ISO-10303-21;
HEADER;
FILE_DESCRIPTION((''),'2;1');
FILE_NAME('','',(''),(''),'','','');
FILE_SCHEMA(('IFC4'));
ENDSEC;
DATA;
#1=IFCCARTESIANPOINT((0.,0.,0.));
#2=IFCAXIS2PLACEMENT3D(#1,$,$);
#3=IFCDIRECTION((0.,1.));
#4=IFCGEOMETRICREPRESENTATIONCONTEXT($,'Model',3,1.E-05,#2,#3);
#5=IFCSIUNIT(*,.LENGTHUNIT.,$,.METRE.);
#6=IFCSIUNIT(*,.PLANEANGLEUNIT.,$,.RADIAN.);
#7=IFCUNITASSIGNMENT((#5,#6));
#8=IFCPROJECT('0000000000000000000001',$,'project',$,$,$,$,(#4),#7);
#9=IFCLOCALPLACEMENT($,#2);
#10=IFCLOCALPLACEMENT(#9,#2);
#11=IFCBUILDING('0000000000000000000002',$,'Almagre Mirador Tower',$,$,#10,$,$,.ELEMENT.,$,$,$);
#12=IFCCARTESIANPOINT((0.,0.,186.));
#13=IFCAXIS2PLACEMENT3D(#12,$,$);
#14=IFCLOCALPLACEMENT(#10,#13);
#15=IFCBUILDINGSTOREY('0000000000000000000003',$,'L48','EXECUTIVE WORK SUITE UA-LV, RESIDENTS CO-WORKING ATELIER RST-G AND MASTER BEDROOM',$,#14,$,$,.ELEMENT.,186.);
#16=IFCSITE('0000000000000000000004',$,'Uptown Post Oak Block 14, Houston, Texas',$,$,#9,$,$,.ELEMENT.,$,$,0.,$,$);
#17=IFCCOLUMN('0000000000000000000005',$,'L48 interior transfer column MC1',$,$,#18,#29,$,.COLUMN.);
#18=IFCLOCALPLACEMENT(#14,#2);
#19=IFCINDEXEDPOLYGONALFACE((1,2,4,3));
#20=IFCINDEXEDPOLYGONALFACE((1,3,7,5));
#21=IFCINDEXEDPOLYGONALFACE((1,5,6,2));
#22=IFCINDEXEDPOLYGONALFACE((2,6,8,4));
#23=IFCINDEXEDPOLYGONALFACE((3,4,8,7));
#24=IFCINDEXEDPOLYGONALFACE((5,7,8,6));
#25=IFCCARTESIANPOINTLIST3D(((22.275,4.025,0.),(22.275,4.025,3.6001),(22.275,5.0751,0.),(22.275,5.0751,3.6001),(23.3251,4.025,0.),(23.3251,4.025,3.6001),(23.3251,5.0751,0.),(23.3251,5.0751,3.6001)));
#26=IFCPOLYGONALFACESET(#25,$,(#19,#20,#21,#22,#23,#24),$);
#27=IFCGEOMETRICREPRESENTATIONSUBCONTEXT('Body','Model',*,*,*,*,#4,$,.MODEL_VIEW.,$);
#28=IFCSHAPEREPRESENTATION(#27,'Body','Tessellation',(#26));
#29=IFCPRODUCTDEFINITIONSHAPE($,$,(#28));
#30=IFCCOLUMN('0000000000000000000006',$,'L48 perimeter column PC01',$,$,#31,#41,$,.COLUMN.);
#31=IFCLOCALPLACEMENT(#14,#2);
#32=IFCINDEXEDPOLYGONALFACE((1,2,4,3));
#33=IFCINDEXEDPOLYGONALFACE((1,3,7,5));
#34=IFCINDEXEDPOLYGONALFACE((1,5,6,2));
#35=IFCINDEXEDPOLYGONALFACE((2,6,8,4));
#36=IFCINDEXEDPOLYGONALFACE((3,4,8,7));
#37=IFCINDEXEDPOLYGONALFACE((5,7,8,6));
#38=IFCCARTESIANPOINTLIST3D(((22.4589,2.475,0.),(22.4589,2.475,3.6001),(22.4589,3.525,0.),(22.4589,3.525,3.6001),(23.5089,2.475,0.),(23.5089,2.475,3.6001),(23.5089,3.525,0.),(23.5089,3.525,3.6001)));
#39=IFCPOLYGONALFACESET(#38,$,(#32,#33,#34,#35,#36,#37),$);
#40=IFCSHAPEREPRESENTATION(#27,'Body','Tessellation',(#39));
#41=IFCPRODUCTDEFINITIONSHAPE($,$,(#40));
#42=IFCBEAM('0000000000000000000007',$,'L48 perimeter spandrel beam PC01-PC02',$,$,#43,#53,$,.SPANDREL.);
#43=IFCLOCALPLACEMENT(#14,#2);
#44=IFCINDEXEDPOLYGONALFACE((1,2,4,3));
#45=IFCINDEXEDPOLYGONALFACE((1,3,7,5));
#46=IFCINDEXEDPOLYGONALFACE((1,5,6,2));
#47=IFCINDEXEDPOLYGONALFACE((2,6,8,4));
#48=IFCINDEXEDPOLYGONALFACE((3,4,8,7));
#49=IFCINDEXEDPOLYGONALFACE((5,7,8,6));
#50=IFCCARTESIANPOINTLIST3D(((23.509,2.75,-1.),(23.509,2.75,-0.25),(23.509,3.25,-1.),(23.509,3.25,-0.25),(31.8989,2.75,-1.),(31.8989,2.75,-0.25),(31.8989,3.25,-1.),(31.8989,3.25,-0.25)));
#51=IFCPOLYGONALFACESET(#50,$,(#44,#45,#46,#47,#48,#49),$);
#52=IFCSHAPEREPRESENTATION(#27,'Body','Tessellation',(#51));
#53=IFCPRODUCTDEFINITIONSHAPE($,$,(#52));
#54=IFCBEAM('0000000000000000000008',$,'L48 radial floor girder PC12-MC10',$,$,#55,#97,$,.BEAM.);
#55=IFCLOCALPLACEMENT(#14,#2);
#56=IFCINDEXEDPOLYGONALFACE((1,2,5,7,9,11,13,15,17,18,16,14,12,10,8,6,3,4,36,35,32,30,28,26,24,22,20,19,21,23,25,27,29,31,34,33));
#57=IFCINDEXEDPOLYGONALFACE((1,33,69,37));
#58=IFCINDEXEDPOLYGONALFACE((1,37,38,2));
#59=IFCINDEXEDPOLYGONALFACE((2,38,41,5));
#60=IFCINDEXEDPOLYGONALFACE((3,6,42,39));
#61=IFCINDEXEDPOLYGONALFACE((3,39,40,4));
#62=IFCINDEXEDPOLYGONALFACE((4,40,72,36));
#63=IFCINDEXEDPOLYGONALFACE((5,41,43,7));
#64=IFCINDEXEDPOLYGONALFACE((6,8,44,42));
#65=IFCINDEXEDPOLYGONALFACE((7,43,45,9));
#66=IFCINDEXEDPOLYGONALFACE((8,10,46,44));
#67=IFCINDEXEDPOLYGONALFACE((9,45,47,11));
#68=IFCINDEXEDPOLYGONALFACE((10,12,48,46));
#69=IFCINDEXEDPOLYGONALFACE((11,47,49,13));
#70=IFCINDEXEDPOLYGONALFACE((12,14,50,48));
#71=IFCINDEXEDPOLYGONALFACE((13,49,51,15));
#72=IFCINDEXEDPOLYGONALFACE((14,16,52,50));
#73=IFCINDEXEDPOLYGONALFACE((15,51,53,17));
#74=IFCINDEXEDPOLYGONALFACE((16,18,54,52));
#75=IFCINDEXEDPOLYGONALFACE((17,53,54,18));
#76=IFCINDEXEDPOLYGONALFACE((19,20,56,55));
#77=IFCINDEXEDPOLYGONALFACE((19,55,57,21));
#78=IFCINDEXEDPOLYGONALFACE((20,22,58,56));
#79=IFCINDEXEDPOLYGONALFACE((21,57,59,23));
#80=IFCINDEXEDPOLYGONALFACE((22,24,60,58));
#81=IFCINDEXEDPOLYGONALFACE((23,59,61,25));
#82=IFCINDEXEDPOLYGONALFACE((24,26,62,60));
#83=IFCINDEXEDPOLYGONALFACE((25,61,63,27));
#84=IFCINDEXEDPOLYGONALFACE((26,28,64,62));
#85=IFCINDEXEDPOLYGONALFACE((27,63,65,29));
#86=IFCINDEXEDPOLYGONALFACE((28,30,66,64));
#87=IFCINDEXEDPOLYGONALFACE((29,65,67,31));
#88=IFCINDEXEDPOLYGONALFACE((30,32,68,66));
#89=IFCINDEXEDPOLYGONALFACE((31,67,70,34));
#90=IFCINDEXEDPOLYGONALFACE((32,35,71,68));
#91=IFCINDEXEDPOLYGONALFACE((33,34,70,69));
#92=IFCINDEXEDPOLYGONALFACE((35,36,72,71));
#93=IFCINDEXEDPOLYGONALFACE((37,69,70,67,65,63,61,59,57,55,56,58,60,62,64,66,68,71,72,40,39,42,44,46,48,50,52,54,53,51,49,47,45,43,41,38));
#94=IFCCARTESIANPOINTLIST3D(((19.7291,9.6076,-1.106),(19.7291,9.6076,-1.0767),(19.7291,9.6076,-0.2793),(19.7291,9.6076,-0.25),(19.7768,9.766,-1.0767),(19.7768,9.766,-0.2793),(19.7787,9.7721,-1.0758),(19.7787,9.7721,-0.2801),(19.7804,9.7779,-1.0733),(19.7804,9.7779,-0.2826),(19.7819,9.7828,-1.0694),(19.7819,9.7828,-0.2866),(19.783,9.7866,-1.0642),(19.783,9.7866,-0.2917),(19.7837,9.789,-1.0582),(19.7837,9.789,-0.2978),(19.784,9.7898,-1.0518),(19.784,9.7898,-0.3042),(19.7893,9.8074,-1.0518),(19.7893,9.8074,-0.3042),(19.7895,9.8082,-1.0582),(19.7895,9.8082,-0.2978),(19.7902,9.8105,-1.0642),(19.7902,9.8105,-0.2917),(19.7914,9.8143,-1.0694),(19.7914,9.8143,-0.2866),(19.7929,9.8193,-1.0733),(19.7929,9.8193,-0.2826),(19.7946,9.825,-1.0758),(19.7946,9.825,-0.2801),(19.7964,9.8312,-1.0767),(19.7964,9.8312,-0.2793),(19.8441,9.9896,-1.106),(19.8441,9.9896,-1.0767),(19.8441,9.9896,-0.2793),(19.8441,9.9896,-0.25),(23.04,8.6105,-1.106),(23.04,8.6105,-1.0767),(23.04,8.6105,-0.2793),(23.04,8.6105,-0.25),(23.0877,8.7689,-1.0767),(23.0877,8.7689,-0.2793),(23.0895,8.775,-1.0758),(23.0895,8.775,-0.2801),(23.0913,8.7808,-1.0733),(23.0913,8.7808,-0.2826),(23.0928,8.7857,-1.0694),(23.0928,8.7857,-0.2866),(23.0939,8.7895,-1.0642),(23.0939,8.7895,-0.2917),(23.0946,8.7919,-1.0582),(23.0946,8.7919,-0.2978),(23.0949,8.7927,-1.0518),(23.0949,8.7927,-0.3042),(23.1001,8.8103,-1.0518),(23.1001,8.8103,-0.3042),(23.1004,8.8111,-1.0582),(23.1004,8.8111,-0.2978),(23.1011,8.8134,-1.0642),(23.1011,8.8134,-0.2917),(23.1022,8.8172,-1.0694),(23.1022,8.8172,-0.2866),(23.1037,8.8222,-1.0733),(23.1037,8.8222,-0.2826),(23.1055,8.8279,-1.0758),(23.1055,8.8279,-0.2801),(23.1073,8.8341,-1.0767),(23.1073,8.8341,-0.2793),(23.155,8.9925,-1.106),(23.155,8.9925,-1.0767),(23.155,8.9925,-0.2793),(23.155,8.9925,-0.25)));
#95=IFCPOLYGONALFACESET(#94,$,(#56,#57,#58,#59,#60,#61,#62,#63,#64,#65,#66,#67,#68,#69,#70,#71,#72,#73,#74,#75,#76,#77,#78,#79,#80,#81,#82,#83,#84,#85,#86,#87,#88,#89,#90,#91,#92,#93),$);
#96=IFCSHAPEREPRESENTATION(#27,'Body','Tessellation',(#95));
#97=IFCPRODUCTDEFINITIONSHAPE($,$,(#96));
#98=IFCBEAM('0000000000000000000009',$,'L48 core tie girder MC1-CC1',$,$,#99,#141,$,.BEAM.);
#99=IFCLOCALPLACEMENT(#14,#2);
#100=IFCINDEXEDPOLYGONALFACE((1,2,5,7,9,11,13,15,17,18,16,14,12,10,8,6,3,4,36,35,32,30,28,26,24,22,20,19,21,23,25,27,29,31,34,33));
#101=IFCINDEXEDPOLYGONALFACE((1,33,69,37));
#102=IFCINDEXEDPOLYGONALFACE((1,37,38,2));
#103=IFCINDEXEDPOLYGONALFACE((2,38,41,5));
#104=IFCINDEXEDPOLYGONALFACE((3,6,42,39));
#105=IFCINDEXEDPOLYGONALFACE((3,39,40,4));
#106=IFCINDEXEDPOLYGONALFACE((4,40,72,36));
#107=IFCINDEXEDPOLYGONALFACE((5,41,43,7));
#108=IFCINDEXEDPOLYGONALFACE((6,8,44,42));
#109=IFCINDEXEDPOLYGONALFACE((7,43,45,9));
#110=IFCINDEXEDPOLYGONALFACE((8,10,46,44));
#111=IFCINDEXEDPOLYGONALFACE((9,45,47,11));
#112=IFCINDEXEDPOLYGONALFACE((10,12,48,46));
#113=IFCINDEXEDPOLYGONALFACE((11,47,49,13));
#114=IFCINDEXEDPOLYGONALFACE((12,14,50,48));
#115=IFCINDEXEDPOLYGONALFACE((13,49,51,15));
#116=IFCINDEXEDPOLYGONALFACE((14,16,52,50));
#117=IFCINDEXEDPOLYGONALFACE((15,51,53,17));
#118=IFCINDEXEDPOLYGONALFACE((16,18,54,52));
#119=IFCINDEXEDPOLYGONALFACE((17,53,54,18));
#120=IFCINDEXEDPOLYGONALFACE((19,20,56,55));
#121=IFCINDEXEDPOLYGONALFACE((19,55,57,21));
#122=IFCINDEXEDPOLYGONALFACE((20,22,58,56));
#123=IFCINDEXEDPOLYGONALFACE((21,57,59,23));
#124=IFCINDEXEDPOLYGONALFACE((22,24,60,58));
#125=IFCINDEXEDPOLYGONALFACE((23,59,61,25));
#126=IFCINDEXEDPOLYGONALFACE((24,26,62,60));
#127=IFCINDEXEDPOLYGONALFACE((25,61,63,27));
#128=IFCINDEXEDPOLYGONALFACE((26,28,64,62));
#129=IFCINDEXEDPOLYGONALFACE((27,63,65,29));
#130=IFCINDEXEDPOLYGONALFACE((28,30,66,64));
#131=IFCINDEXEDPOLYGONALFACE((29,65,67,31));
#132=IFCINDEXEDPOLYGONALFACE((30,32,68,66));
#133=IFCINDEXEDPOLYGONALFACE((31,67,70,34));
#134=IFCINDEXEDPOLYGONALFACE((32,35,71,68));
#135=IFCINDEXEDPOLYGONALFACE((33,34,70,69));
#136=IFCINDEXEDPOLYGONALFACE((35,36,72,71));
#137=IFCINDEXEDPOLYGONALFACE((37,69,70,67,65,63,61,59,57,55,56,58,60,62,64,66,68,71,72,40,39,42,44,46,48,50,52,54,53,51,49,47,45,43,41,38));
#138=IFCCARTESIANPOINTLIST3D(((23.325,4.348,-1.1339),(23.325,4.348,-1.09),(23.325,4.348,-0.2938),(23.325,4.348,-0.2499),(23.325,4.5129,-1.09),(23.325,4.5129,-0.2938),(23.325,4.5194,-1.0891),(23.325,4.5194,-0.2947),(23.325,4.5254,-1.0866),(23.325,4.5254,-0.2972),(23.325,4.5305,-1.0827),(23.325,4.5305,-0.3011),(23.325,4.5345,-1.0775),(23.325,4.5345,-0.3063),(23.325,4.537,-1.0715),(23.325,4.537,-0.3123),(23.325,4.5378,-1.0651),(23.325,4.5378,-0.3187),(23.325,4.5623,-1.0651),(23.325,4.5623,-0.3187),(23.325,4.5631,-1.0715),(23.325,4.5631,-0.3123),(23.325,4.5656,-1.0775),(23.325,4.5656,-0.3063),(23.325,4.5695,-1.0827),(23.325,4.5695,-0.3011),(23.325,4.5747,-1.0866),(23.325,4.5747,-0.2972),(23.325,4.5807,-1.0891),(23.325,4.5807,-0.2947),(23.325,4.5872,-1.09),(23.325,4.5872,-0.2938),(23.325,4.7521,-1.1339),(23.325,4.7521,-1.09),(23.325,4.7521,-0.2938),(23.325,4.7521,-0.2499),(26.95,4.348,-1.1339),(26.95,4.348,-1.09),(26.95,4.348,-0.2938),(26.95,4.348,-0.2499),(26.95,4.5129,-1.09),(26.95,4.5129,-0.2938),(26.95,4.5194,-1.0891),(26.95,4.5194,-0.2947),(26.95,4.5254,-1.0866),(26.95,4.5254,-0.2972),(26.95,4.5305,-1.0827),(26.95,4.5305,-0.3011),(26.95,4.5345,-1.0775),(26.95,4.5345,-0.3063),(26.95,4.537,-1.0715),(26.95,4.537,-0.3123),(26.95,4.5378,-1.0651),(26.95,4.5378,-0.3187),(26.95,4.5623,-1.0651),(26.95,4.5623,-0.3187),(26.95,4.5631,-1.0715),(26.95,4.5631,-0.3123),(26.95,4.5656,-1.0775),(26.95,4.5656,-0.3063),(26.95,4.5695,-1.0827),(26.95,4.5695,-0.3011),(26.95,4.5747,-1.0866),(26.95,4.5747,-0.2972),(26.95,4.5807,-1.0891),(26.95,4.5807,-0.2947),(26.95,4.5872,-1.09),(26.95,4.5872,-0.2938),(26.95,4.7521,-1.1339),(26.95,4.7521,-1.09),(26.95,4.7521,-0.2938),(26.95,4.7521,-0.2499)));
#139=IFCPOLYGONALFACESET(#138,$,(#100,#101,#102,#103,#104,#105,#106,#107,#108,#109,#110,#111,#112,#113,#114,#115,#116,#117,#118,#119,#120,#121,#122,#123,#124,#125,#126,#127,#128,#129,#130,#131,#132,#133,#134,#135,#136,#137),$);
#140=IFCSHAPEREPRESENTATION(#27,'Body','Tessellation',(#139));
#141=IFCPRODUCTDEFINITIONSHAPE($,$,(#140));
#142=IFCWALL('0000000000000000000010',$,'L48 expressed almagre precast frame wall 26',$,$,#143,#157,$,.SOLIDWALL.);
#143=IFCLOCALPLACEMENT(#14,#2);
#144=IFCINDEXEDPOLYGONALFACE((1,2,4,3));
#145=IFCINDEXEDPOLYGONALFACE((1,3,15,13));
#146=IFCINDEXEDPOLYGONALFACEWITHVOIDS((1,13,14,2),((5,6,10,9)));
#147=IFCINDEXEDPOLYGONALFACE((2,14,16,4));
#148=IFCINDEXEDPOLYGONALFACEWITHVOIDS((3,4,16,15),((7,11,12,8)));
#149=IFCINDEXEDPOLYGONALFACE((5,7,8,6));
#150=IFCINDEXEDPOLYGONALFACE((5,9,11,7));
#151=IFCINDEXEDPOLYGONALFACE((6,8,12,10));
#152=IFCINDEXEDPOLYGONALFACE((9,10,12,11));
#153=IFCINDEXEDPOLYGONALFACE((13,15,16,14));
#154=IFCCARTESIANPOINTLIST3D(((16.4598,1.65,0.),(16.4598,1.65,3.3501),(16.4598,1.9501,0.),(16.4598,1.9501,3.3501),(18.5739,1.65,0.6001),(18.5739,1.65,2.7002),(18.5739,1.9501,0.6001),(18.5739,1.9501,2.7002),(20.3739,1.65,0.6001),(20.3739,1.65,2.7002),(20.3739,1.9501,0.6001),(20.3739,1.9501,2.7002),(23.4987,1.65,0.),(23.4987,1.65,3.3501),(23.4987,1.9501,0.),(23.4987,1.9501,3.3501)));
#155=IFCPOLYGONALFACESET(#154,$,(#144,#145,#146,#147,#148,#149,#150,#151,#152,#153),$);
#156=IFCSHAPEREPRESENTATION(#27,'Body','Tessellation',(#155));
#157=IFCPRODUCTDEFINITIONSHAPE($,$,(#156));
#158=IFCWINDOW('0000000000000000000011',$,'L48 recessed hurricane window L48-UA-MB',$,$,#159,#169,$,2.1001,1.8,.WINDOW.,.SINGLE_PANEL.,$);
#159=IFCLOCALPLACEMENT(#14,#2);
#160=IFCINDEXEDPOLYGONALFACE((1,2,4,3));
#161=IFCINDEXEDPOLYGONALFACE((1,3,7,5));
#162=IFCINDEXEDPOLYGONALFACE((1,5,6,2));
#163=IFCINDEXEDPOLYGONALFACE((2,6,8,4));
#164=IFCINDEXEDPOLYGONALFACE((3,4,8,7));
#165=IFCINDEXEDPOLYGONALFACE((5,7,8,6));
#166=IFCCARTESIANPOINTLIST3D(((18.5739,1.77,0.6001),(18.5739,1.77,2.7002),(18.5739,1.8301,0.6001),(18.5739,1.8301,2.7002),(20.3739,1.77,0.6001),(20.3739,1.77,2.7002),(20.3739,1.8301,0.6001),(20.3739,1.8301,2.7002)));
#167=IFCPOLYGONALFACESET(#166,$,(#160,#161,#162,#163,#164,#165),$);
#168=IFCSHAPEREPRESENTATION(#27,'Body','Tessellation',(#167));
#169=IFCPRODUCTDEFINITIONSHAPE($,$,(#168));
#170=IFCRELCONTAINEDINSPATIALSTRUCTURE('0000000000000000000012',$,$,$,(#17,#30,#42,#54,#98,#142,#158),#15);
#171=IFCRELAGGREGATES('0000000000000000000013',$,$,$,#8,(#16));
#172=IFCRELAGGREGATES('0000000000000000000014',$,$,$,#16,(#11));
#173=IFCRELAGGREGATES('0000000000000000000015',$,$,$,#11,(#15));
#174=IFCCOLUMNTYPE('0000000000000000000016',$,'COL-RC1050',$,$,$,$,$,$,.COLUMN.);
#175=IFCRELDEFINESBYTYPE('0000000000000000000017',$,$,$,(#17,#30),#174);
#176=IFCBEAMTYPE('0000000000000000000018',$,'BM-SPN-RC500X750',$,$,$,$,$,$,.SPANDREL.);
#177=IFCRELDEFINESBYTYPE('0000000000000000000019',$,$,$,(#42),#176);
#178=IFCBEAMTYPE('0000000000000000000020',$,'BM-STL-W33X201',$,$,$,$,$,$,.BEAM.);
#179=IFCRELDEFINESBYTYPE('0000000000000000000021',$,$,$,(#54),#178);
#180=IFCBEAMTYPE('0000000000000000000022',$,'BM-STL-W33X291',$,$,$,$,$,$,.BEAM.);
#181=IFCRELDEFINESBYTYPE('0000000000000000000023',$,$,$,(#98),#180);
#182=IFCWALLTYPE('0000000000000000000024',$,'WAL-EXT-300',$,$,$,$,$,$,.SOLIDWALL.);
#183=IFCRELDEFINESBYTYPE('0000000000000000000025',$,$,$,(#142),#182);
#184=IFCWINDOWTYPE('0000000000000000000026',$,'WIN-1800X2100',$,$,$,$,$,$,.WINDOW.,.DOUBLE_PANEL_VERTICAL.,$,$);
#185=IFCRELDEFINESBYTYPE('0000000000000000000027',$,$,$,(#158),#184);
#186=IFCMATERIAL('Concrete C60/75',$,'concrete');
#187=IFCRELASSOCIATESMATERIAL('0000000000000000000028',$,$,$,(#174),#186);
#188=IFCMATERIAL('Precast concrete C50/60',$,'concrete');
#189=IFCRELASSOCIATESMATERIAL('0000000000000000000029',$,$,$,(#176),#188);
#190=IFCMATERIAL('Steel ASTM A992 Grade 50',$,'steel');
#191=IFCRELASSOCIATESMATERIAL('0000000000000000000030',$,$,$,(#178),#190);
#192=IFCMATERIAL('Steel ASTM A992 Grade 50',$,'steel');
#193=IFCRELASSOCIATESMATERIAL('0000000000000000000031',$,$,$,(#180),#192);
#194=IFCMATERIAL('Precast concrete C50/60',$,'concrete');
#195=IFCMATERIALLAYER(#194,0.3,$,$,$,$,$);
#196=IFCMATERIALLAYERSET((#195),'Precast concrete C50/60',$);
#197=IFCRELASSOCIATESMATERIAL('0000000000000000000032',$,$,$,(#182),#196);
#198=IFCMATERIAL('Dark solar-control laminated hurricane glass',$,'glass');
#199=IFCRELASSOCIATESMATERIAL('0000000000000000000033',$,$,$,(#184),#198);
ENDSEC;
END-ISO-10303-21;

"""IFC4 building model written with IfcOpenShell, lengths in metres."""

from ifc_helpers import new_model, si_unit, direction, frame, frame_2d, origin, origin_2d, place, context, subcontext, project, spatial, rectangle, i_section, extrude, material, layer, layer_set, material_profile, profile_set, type_object, element, fill, save


model = new_model("IFC4")

# Units and contexts
model_context = context("Model", 3, precision=1e-05, world=origin(), true_north=direction((0.0, 1.0)))
body_context = subcontext(model_context, "Body", "Model", "MODEL_VIEW")
ifc_project = project(units=[si_unit("LENGTHUNIT", "METRE"), si_unit("PLANEANGLEUNIT", "RADIAN")], contexts=[model_context])

# Site, building, storey
site_placement = place(None, origin())
site = spatial("IfcSite", under=ifc_project, at=site_placement, Name="Uptown Post Oak Block 14, Houston, Texas", CompositionType="ELEMENT", RefElevation=0.0)
building_placement = place(site_placement, origin())
building = spatial("IfcBuilding", under=site, at=building_placement, Name="Almagre Mirador Tower", CompositionType="ELEMENT")
storey_placement = place(building_placement, frame((0.0, 0.0, 186.0)))
storey = spatial("IfcBuildingStorey", under=building, at=storey_placement, Name="L48", Description="EXECUTIVE WORK SUITE UA-LV, RESIDENTS CO-WORKING ATELIER RST-G AND MASTER BEDROOM", CompositionType="ELEMENT", Elevation=186.0)

# Columns
ifc_material_1 = material(Name="Concrete C60/75", Category="concrete")
ifc_material_profile_1 = material_profile(ifc_material_1, rectangle(XDim=1.05, YDim=1.05, at=origin_2d()), Name="RC1050X1050")
ifc_profile_set_1 = profile_set([ifc_material_profile_1], Name="Concrete C60/75")
column_type = type_object("IfcColumnType", Name="COL-RC1050", PredefinedType="COLUMN", material=ifc_profile_set_1)
for number, where, z_axis, x_axis, name in (
    (1, (22.8, 4.55, 0.0), (0.0, 0.0, 1.0), (1.0, 0.0, 0.0), "L48 interior transfer column MC1"),
    (2, (22.9839, 3.0, 0.0), (0.0, 0.0, 1.0), (1.0, 0.0, 0.0), "L48 perimeter column PC01"),
):
    element("IfcColumn", number, at=place(storey_placement, frame(where, z_axis=z_axis, x_axis=x_axis)), inside=storey, type_object=column_type, Name=name, PredefinedType="COLUMN", context=body_context, shape_type="SweptSolid", body=[
        extrude(rectangle(XDim=1.05, YDim=1.05, at=origin_2d()), origin(), (0.0, 0.0, 1.0), 3.6001),
    ])

# Beams
ifc_material_2 = material(Name="Precast concrete C50/60", Category="concrete")
ifc_material_profile_2 = material_profile(ifc_material_2, rectangle(XDim=0.5, YDim=0.75, at=origin_2d()), Name="RC500X750")
ifc_profile_set_2 = profile_set([ifc_material_profile_2], Name="Precast concrete C50/60")
beam_type_1 = type_object("IfcBeamType", Name="BM-SPN-RC500X750", PredefinedType="SPANDREL", material=ifc_profile_set_2)
beam_1_placement = place(storey_placement, frame((23.509, 3.0, -0.625), z_axis=(1.0, 0.0, 0.0), x_axis=(0.0, 1.0, 0.0)))
element("IfcBeam", 3, at=beam_1_placement, inside=storey, type_object=beam_type_1, Name="L48 perimeter spandrel beam PC01-PC02", PredefinedType="SPANDREL", context=body_context, shape_type="SweptSolid", body=[
    extrude(rectangle(XDim=0.5, YDim=0.75, at=origin_2d()), origin(), (0.0, 0.0, 1.0), 8.3899),
])
ifc_material_3 = material(Name="Steel ASTM A992 Grade 50", Category="steel")
ifc_material_profile_3 = material_profile(ifc_material_3, i_section(OverallWidth=0.3989, OverallDepth=0.856, WebThickness=0.0183, FlangeThickness=0.0293, FilletRadius=0.0249, at=origin_2d()), Name="W33X201")
ifc_profile_set_3 = profile_set([ifc_material_profile_3], Name="Steel ASTM A992 Grade 50")
beam_type_2 = type_object("IfcBeamType", Name="BM-STL-W33X201", PredefinedType="BEAM", material=ifc_profile_set_3)
beam_2_placement = place(storey_placement, frame((19.7866, 9.7986, -0.678), z_axis=(0.957521, -0.288365, 0.0), x_axis=(0.288365, 0.957521, 0.0)))
element("IfcBeam", 4, at=beam_2_placement, inside=storey, type_object=beam_type_2, Name="L48 radial floor girder PC12-MC10", PredefinedType="BEAM", context=body_context, shape_type="SweptSolid", body=[
    extrude(i_section(OverallWidth=0.3989, OverallDepth=0.856, WebThickness=0.0183, FlangeThickness=0.0293, FilletRadius=0.0249, at=origin_2d()), origin(), (0.0, 0.0, 1.0), 3.4578),
])
ifc_material_4 = material(Name="Steel ASTM A992 Grade 50", Category="steel")
ifc_material_profile_4 = material_profile(ifc_material_4, i_section(OverallWidth=0.4041, OverallDepth=0.884, WebThickness=0.0244, FlangeThickness=0.0439, FilletRadius=0.0249, at=origin_2d()), Name="W33X291")
ifc_profile_set_4 = profile_set([ifc_material_profile_4], Name="Steel ASTM A992 Grade 50")
beam_type_3 = type_object("IfcBeamType", Name="BM-STL-W33X291", PredefinedType="BEAM", material=ifc_profile_set_4)
beam_3_placement = place(storey_placement, frame((23.325, 4.55, -0.6919), z_axis=(1.0, 0.0, 0.0), x_axis=(0.0, 1.0, 0.0)))
element("IfcBeam", 5, at=beam_3_placement, inside=storey, type_object=beam_type_3, Name="L48 core tie girder MC1-CC1", PredefinedType="BEAM", context=body_context, shape_type="SweptSolid", body=[
    extrude(i_section(OverallWidth=0.4041, OverallDepth=0.884, WebThickness=0.0244, FlangeThickness=0.0439, FilletRadius=0.0249, at=origin_2d()), origin(), (0.0, 0.0, 1.0), 3.625),
])

# Wall, opening, window
ifc_material_5 = material(Name="Precast concrete C50/60", Category="concrete")
ifc_layer_1 = layer(ifc_material_5, 0.3)
ifc_layer_set_1 = layer_set([ifc_layer_1], Name="Precast concrete C50/60")
wall_type_1 = type_object("IfcWallType", Name="WAL-EXT-300", PredefinedType="SOLIDWALL", material=ifc_layer_set_1)
wall_1_placement = place(storey_placement, frame((23.4988, 1.8, 0.0), z_axis=(0.0, 0.0, 1.0), x_axis=(-1.0, 0.0, 0.0)))
wall_1 = element("IfcWall", 6, at=wall_1_placement, inside=storey, type_object=wall_type_1, Name="L48 expressed almagre precast frame wall 26", PredefinedType="SOLIDWALL", context=body_context, shape_type="SweptSolid", body=[
    extrude(rectangle(XDim=7.0388, YDim=0.3, at=frame_2d((3.5195, 0.0))), origin(), (0.0, 0.0, 1.0), 3.3501),
])
opening_1_placement = place(wall_1_placement, frame((3.125, 0.0, 0.6001)))
opening_1 = element("IfcOpeningElement", 7, at=opening_1_placement, cuts=wall_1, PredefinedType="OPENING", context=body_context, shape_type="SweptSolid", body=[
    extrude(rectangle(XDim=1.8, YDim=2.1001, at=frame_2d((0.8999, 1.05))), frame((0.0, 0.1599, 0.0), z_axis=(0.0, -1.0, 0.0), x_axis=(1.0, 0.0, 0.0)), (0.0, 0.0, 1.0), 0.32),
])
ifc_material_6 = material(Name="Dark solar-control laminated hurricane glass", Category="glass")
window_type = type_object("IfcWindowType", Name="WIN-1800X2100", PartitioningType="DOUBLE_PANEL_VERTICAL", PredefinedType="WINDOW", material=ifc_material_6)
window_placement = place(opening_1_placement, origin())
window = element("IfcWindow", 8, at=window_placement, inside=storey, type_object=window_type, Name="L48 recessed hurricane window L48-UA-MB", OverallHeight=2.1001, OverallWidth=1.8, PartitioningType="SINGLE_PANEL", PredefinedType="WINDOW", context=body_context, shape_type="SweptSolid", body=[
    extrude(rectangle(XDim=1.8, YDim=2.1001, at=frame_2d((0.8999, 1.05))), frame((0.0, 0.03, 0.0), z_axis=(0.0, -1.0, 0.0), x_axis=(1.0, 0.0, 0.0)), (0.0, 0.0, 1.0), 0.0601),
])
fill(opening_1, window)

save(model, "model.ifc")
